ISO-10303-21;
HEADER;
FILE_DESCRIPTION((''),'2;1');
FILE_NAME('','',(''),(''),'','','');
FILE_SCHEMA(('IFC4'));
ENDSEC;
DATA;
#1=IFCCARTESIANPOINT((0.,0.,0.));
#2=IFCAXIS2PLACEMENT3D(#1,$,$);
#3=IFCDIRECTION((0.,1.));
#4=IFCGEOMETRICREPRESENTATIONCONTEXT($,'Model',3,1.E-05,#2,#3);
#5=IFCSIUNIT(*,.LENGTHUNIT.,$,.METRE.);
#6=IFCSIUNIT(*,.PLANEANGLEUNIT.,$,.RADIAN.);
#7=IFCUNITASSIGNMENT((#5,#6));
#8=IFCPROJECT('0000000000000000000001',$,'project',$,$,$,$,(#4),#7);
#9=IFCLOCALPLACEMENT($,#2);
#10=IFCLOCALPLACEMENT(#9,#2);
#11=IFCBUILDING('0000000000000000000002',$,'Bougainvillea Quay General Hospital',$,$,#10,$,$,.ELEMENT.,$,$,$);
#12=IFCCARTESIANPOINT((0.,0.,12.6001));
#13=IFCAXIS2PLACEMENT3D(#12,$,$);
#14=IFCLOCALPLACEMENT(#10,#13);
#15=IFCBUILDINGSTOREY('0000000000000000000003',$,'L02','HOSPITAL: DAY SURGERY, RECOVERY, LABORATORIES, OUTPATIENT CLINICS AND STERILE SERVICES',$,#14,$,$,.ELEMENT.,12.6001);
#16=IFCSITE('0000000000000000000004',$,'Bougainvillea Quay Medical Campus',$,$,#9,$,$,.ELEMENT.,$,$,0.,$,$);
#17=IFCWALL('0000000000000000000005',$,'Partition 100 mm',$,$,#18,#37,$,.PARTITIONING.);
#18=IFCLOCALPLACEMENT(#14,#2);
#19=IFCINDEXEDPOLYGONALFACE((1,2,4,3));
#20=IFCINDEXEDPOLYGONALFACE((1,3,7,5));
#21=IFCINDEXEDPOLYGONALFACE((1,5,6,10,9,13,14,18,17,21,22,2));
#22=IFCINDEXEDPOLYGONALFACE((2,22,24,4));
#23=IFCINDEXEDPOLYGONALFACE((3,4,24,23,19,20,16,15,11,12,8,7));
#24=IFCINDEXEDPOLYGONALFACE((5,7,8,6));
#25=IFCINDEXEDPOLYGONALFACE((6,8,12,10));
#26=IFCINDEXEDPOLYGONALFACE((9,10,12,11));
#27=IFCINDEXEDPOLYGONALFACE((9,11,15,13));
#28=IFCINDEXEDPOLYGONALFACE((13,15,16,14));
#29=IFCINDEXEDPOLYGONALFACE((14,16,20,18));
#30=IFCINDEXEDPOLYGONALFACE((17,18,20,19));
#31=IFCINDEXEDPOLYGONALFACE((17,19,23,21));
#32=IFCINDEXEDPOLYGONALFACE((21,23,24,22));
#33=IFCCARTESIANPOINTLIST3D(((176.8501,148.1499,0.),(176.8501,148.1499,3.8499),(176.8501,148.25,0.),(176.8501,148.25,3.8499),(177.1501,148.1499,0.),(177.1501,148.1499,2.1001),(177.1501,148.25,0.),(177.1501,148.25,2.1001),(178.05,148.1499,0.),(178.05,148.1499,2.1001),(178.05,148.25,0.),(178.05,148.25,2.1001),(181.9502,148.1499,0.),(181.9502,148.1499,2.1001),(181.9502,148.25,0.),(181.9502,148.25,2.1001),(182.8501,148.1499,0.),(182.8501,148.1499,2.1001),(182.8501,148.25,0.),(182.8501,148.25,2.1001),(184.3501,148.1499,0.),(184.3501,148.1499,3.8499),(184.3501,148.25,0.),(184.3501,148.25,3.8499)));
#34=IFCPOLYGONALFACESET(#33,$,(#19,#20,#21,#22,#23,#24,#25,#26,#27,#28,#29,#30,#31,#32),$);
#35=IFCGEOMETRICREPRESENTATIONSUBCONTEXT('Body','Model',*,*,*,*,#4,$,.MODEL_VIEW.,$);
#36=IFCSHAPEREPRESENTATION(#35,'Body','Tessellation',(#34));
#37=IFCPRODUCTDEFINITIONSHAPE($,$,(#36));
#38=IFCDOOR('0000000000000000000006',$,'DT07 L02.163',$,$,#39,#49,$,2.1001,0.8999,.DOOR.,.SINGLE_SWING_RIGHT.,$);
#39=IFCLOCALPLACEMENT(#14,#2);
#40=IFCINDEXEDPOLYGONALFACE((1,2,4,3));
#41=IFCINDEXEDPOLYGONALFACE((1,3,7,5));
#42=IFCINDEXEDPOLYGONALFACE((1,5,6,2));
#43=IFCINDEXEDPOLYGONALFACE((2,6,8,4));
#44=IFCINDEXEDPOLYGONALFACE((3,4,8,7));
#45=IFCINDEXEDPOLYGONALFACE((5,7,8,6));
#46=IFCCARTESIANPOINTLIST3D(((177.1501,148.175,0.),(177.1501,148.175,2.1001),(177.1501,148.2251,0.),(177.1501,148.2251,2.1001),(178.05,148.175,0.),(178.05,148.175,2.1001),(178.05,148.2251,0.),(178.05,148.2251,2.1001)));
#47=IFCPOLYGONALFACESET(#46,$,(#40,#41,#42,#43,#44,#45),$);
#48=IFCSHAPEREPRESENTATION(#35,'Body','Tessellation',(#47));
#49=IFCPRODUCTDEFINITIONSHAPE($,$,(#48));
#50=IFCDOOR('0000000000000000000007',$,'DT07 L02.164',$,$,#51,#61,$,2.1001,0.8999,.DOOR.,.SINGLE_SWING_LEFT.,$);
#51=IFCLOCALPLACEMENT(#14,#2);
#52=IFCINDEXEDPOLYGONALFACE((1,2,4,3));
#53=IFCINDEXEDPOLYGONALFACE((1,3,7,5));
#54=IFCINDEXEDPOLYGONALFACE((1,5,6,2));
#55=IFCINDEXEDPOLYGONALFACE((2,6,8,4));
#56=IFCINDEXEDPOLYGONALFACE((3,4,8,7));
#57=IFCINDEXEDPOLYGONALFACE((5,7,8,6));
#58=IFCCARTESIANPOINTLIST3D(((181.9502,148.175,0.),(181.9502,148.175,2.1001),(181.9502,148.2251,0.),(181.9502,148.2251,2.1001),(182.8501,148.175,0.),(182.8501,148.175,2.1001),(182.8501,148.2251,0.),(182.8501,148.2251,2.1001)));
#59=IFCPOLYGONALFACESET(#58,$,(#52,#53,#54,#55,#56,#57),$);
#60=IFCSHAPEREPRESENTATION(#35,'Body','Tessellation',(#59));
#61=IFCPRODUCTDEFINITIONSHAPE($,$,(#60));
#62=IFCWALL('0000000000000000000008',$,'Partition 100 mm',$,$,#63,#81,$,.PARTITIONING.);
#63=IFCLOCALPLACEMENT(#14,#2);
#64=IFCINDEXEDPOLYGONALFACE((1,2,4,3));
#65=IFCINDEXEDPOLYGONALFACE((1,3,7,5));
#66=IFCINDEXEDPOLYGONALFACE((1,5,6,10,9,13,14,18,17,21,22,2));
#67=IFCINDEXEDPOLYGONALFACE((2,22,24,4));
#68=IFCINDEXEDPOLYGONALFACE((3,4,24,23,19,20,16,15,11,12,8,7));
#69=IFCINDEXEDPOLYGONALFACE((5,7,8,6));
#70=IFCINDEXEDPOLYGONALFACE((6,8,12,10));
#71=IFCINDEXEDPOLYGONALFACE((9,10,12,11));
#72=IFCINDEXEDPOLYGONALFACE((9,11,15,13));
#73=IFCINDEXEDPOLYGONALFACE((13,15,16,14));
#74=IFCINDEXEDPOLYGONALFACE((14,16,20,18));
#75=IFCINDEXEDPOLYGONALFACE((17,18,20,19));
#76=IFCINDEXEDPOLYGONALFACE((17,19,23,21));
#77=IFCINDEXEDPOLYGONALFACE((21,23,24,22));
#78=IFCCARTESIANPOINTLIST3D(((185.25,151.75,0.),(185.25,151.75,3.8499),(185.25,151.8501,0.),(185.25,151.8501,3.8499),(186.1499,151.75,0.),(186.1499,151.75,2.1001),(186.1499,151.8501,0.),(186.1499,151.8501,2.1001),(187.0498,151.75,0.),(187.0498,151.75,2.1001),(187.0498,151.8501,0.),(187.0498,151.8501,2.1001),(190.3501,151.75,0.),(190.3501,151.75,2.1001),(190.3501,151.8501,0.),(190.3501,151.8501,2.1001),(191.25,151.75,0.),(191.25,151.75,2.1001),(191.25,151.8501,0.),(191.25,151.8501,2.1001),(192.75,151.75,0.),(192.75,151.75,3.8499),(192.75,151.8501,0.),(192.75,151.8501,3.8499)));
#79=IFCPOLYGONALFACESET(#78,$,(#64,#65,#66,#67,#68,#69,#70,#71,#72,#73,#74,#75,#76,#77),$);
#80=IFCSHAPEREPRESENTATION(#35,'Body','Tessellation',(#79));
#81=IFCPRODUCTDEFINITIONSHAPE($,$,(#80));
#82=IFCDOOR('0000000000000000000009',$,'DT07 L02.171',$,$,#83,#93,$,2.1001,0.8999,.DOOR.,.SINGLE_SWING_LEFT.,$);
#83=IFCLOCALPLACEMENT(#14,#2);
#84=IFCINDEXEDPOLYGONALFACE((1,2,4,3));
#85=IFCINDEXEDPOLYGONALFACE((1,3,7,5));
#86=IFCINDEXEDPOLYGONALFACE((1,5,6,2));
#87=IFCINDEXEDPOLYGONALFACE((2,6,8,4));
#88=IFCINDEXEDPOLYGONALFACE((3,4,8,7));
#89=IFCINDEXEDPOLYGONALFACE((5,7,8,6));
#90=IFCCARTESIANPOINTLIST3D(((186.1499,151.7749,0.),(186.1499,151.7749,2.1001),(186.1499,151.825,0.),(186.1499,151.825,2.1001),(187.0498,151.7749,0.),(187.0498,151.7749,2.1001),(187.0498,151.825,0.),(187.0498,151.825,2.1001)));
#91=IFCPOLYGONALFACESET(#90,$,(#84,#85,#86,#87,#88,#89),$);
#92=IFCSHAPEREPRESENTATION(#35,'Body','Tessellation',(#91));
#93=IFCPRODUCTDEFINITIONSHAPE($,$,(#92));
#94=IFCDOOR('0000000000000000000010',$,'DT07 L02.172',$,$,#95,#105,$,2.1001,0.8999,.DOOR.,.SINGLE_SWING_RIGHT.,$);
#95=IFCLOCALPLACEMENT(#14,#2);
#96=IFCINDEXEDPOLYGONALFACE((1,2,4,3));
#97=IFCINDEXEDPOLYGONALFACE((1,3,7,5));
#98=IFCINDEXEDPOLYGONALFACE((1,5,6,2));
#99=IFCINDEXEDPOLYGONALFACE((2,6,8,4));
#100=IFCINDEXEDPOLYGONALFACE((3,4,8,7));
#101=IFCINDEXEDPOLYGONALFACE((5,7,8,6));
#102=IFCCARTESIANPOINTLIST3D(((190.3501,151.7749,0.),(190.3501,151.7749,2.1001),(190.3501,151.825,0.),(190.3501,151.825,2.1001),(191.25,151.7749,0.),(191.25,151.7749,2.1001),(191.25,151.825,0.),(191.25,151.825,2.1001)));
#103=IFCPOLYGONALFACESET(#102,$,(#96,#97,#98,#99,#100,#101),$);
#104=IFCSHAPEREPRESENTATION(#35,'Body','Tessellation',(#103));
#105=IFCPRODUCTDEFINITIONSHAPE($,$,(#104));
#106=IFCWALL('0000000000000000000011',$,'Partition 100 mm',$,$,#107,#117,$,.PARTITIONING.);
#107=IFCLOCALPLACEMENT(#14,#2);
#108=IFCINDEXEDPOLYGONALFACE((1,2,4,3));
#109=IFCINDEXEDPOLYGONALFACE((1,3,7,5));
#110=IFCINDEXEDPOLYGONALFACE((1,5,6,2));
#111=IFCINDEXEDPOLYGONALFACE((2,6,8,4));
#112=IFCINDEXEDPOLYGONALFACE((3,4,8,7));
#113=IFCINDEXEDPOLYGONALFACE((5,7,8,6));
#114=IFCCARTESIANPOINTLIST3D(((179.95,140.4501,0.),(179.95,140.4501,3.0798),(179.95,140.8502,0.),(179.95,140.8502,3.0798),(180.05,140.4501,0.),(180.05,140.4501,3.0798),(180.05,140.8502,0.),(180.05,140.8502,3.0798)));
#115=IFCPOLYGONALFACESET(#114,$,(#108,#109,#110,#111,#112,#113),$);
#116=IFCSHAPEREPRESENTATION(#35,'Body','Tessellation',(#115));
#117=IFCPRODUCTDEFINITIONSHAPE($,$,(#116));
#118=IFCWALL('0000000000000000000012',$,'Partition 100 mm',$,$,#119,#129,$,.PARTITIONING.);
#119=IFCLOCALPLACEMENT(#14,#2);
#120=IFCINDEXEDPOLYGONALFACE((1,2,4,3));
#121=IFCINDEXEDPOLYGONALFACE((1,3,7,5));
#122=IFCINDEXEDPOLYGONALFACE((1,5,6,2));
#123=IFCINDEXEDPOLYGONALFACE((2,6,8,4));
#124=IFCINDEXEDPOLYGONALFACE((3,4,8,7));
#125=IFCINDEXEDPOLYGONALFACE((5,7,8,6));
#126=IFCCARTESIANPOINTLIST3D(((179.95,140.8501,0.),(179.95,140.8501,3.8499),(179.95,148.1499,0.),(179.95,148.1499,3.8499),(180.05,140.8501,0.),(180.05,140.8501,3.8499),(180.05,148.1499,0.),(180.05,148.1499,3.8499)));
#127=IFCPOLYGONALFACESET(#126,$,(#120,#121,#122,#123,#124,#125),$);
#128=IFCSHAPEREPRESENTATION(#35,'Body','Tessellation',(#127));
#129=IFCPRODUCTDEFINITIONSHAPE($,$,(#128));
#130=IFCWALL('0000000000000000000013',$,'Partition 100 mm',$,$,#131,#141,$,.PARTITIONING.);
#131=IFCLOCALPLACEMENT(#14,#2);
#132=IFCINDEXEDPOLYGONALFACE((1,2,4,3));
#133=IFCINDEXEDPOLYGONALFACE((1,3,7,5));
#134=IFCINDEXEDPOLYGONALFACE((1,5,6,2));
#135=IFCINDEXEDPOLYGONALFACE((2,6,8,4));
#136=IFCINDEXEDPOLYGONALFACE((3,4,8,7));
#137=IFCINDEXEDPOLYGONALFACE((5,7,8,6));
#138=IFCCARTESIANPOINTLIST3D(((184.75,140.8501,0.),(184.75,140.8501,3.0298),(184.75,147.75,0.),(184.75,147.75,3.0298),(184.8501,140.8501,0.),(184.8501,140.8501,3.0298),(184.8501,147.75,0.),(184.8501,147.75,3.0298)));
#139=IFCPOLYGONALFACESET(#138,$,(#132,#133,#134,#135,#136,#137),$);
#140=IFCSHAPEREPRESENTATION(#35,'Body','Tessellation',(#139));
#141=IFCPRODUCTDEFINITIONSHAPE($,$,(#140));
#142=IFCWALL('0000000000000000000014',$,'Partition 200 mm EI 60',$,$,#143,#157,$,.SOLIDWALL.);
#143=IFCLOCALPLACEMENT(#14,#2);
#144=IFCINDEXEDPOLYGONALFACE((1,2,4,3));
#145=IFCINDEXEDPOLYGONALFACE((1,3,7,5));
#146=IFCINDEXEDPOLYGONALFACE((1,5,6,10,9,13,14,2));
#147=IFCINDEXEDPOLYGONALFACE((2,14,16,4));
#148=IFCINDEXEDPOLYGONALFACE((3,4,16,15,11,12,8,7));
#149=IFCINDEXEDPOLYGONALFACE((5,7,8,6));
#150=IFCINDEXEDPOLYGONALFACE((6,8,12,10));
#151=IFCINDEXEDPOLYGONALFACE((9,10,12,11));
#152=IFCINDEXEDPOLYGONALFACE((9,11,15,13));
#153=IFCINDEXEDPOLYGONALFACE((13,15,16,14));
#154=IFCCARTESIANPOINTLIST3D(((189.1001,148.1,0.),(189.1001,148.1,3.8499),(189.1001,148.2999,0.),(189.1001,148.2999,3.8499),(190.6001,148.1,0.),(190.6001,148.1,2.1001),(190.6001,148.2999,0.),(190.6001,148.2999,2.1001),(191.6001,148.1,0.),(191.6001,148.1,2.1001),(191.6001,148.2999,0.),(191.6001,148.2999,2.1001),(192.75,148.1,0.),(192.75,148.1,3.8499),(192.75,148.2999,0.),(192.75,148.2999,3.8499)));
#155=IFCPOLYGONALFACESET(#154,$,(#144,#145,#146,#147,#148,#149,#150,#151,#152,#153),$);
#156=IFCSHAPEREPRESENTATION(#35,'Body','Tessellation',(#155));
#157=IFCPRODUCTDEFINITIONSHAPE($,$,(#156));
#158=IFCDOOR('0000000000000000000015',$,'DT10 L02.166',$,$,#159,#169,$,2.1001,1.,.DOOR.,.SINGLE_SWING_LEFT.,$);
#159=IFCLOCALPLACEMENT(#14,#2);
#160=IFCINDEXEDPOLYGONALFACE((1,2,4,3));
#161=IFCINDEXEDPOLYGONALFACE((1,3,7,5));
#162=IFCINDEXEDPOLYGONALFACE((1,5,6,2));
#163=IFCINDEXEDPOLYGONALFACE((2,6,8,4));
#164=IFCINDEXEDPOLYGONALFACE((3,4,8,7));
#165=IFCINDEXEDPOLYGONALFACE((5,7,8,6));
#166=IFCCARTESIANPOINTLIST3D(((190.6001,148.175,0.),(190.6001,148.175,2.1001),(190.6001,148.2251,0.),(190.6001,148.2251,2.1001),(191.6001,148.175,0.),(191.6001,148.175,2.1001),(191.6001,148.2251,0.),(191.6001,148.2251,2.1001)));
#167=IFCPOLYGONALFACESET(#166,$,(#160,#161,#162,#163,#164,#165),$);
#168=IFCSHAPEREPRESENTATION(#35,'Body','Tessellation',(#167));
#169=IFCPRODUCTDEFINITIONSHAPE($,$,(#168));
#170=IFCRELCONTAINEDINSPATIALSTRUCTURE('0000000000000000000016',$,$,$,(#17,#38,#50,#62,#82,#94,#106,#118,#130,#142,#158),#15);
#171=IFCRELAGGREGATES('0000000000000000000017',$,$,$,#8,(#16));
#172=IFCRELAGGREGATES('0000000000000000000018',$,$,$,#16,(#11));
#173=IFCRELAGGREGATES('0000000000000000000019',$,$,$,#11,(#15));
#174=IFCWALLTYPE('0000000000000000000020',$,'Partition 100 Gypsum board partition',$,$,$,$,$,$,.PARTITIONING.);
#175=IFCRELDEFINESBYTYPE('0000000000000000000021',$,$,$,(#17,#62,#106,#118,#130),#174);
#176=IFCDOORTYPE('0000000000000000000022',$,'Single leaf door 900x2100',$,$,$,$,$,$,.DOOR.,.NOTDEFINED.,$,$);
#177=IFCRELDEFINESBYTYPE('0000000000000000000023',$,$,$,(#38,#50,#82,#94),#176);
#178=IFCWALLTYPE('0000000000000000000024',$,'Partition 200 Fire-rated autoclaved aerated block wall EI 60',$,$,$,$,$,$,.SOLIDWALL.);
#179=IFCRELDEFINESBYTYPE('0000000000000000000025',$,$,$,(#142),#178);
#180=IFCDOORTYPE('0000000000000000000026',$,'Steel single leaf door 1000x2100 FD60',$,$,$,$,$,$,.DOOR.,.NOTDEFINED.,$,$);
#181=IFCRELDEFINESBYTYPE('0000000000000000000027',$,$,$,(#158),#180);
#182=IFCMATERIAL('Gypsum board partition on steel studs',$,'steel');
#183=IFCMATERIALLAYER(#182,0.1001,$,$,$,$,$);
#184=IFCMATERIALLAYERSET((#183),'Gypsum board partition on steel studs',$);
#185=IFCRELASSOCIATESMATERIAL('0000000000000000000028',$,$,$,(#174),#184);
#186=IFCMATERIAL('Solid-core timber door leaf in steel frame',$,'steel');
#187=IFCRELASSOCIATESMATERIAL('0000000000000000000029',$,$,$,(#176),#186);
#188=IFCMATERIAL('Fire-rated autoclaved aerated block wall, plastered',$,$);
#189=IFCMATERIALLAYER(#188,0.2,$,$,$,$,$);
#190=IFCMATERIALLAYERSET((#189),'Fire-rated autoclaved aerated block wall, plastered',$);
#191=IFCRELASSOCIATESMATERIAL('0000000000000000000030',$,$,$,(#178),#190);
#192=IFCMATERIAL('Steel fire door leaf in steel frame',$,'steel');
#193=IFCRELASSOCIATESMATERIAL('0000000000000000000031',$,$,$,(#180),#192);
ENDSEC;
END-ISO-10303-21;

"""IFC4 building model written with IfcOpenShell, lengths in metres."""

from ifc_helpers import new_model, si_unit, direction, frame, frame_2d, origin, place, context, subcontext, project, spatial, rectangle, extrude, material, layer, layer_set, type_object, element, fill, save


model = new_model("IFC4")

# Units and contexts
model_context = context("Model", 3, precision=1e-05, world=origin(), true_north=direction((0.0, 1.0)))
body_context = subcontext(model_context, "Body", "Model", "MODEL_VIEW")
ifc_project = project(units=[si_unit("LENGTHUNIT", "METRE"), si_unit("PLANEANGLEUNIT", "RADIAN")], contexts=[model_context])

# Site, building, storey
site_placement = place(None, origin())
site = spatial("IfcSite", under=ifc_project, at=site_placement, Name="Bougainvillea Quay Medical Campus", CompositionType="ELEMENT", RefElevation=0.0)
building_placement = place(site_placement, origin())
building = spatial("IfcBuilding", under=site, at=building_placement, Name="Bougainvillea Quay General Hospital", CompositionType="ELEMENT")
storey_placement = place(building_placement, frame((0.0, 0.0, 12.6001)))
storey = spatial("IfcBuildingStorey", under=building, at=storey_placement, Name="L02", Description="HOSPITAL: DAY SURGERY, RECOVERY, LABORATORIES, OUTPATIENT CLINICS AND STERILE SERVICES", CompositionType="ELEMENT", Elevation=12.6001)

# Shared definitions
ifc_material_1 = material(Name="Gypsum board partition on steel studs", Category="steel")
ifc_layer_1 = layer(ifc_material_1, 0.1001)
ifc_layer_set_1 = layer_set([ifc_layer_1], Name="Gypsum board partition on steel studs")
wall_type_1 = type_object("IfcWallType", Name="Partition 100 Gypsum board partition", PredefinedType="PARTITIONING", material=ifc_layer_set_1)
ifc_material_2 = material(Name="Solid-core timber door leaf in steel frame", Category="steel")
door_type_1 = type_object("IfcDoorType", Name="Single leaf door 900x2100", OperationType="NOTDEFINED", PredefinedType="DOOR", material=ifc_material_2)

# Walls, openings, doors
wall_1_placement = place(storey_placement, frame((184.3501, 148.2, 0.0), z_axis=(0.0, 0.0, 1.0), x_axis=(-1.0, 0.0, 0.0)))
wall_1 = element("IfcWall", 1, at=wall_1_placement, inside=storey, type_object=wall_type_1, Name="Partition 100 mm", PredefinedType="PARTITIONING", context=body_context, shape_type="SweptSolid", body=[
    extrude(rectangle(XDim=7.5, YDim=0.1001, at=frame_2d((3.75, 0.0))), origin(), (0.0, 0.0, 1.0), 3.8499),
])
opening_1_placement = place(wall_1_placement, frame((6.3, 0.0, 0.0)))
opening_1 = element("IfcOpeningElement", 2, at=opening_1_placement, cuts=wall_1, PredefinedType="OPENING", context=body_context, shape_type="SweptSolid", body=[
    extrude(rectangle(XDim=0.8999, YDim=2.1001, at=frame_2d((0.45, 1.05))), frame((0.0, 0.0601, 0.0), z_axis=(0.0, -1.0, 0.0), x_axis=(1.0, 0.0, 0.0)), (0.0, 0.0, 1.0), 0.1201),
])
opening_2_placement = place(wall_1_placement, frame((1.5, 0.0, 0.0)))
opening_2 = element("IfcOpeningElement", 3, at=opening_2_placement, cuts=wall_1, PredefinedType="OPENING", context=body_context, shape_type="SweptSolid", body=[
    extrude(rectangle(XDim=0.8999, YDim=2.1001, at=frame_2d((0.45, 1.05))), frame((0.0, 0.0601, 0.0), z_axis=(0.0, -1.0, 0.0), x_axis=(1.0, 0.0, 0.0)), (0.0, 0.0, 1.0), 0.1201),
])
door_1_placement = place(opening_1_placement, origin())
door_1 = element("IfcDoor", 4, at=door_1_placement, inside=storey, type_object=door_type_1, Name="DT07 L02.163", OperationType="SINGLE_SWING_RIGHT", OverallHeight=2.1001, OverallWidth=0.8999, PredefinedType="DOOR", context=body_context, shape_type="SweptSolid", body=[
    extrude(rectangle(XDim=0.8999, YDim=2.1001, at=frame_2d((0.45, 1.05))), frame((0.0, 0.0249, 0.0), z_axis=(0.0, -1.0, 0.0), x_axis=(1.0, 0.0, 0.0)), (0.0, 0.0, 1.0), 0.05),
])
fill(opening_1, door_1)
door_2_placement = place(opening_2_placement, origin())
door_2 = element("IfcDoor", 5, at=door_2_placement, inside=storey, type_object=door_type_1, Name="DT07 L02.164", OperationType="SINGLE_SWING_LEFT", OverallHeight=2.1001, OverallWidth=0.8999, PredefinedType="DOOR", context=body_context, shape_type="SweptSolid", body=[
    extrude(rectangle(XDim=0.8999, YDim=2.1001, at=frame_2d((0.45, 1.05))), frame((0.0, 0.0249, 0.0), z_axis=(0.0, -1.0, 0.0), x_axis=(1.0, 0.0, 0.0)), (0.0, 0.0, 1.0), 0.05),
])
fill(opening_2, door_2)
wall_2_placement = place(storey_placement, frame((185.25, 151.8, 0.0), z_axis=(0.0, 0.0, 1.0), x_axis=(1.0, 0.0, 0.0)))
wall_2 = element("IfcWall", 6, at=wall_2_placement, inside=storey, type_object=wall_type_1, Name="Partition 100 mm", PredefinedType="PARTITIONING", context=body_context, shape_type="SweptSolid", body=[
    extrude(rectangle(XDim=7.5, YDim=0.1001, at=frame_2d((3.75, 0.0))), origin(), (0.0, 0.0, 1.0), 3.8499),
])
opening_3_placement = place(wall_2_placement, frame((0.8999, 0.0, 0.0)))
opening_3 = element("IfcOpeningElement", 7, at=opening_3_placement, cuts=wall_2, PredefinedType="OPENING", context=body_context, shape_type="SweptSolid", body=[
    extrude(rectangle(XDim=0.8999, YDim=2.1001, at=frame_2d((0.45, 1.05))), frame((0.0, 0.0601, 0.0), z_axis=(0.0, -1.0, 0.0), x_axis=(1.0, 0.0, 0.0)), (0.0, 0.0, 1.0), 0.1201),
])
opening_4_placement = place(wall_2_placement, frame((5.1001, 0.0, 0.0)))
opening_4 = element("IfcOpeningElement", 8, at=opening_4_placement, cuts=wall_2, PredefinedType="OPENING", context=body_context, shape_type="SweptSolid", body=[
    extrude(rectangle(XDim=0.8999, YDim=2.1001, at=frame_2d((0.45, 1.05))), frame((0.0, 0.0601, 0.0), z_axis=(0.0, -1.0, 0.0), x_axis=(1.0, 0.0, 0.0)), (0.0, 0.0, 1.0), 0.1201),
])
door_3_placement = place(opening_3_placement, origin())
door_3 = element("IfcDoor", 9, at=door_3_placement, inside=storey, type_object=door_type_1, Name="DT07 L02.171", OperationType="SINGLE_SWING_LEFT", OverallHeight=2.1001, OverallWidth=0.8999, PredefinedType="DOOR", context=body_context, shape_type="SweptSolid", body=[
    extrude(rectangle(XDim=0.8999, YDim=2.1001, at=frame_2d((0.45, 1.05))), frame((0.0, 0.0249, 0.0), z_axis=(0.0, -1.0, 0.0), x_axis=(1.0, 0.0, 0.0)), (0.0, 0.0, 1.0), 0.05),
])
fill(opening_3, door_3)
door_4_placement = place(opening_4_placement, origin())
door_4 = element("IfcDoor", 10, at=door_4_placement, inside=storey, type_object=door_type_1, Name="DT07 L02.172", OperationType="SINGLE_SWING_RIGHT", OverallHeight=2.1001, OverallWidth=0.8999, PredefinedType="DOOR", context=body_context, shape_type="SweptSolid", body=[
    extrude(rectangle(XDim=0.8999, YDim=2.1001, at=frame_2d((0.45, 1.05))), frame((0.0, 0.0249, 0.0), z_axis=(0.0, -1.0, 0.0), x_axis=(1.0, 0.0, 0.0)), (0.0, 0.0, 1.0), 0.05),
])
fill(opening_4, door_4)

# Walls
wall_3_placement = place(storey_placement, frame((180.0, 140.45, 0.0), z_axis=(0.0, 0.0, 1.0), x_axis=(0.0, 1.0, 0.0)))
element("IfcWall", 11, at=wall_3_placement, inside=storey, type_object=wall_type_1, Name="Partition 100 mm", PredefinedType="PARTITIONING", context=body_context, shape_type="SweptSolid", body=[
    extrude(rectangle(XDim=0.4001, YDim=0.1001, at=frame_2d((0.2002, 0.0))), origin(), (0.0, 0.0, 1.0), 3.0798),
])
wall_4_placement = place(storey_placement, frame((180.0, 140.8501, 0.0), z_axis=(0.0, 0.0, 1.0), x_axis=(0.0, 1.0, 0.0)))
element("IfcWall", 12, at=wall_4_placement, inside=storey, type_object=wall_type_1, Name="Partition 100 mm", PredefinedType="PARTITIONING", context=body_context, shape_type="SweptSolid", body=[
    extrude(rectangle(XDim=7.2998, YDim=0.1001, at=frame_2d((3.6499, 0.0))), origin(), (0.0, 0.0, 1.0), 3.8499),
])
wall_5_placement = place(storey_placement, frame((184.8, 140.8501, 0.0), z_axis=(0.0, 0.0, 1.0), x_axis=(0.0, 1.0, 0.0)))
element("IfcWall", 13, at=wall_5_placement, inside=storey, type_object=wall_type_1, Name="Partition 100 mm", PredefinedType="PARTITIONING", context=body_context, shape_type="SweptSolid", body=[
    extrude(rectangle(XDim=6.8999, YDim=0.1001, at=frame_2d((3.45, 0.0))), origin(), (0.0, 0.0, 1.0), 3.0298),
])

# Wall, opening, door
ifc_material_3 = material(Name="Fire-rated autoclaved aerated block wall, plastered")
ifc_layer_2 = layer(ifc_material_3, 0.2)
ifc_layer_set_2 = layer_set([ifc_layer_2], Name="Fire-rated autoclaved aerated block wall, plastered")
wall_type_2 = type_object("IfcWallType", Name="Partition 200 Fire-rated autoclaved aerated block wall EI 60", PredefinedType="SOLIDWALL", material=ifc_layer_set_2)
wall_6_placement = place(storey_placement, frame((189.1001, 148.2, 0.0), z_axis=(0.0, 0.0, 1.0), x_axis=(1.0, 0.0, 0.0)))
wall_6 = element("IfcWall", 14, at=wall_6_placement, inside=storey, type_object=wall_type_2, Name="Partition 200 mm EI 60", PredefinedType="SOLIDWALL", context=body_context, shape_type="SweptSolid", body=[
    extrude(rectangle(XDim=3.6499, YDim=0.2, at=frame_2d((1.825, 0.0))), origin(), (0.0, 0.0, 1.0), 3.8499),
])
opening_5_placement = place(wall_6_placement, frame((1.5, 0.0, 0.0)))
opening_5 = element("IfcOpeningElement", 15, at=opening_5_placement, cuts=wall_6, PredefinedType="OPENING", context=body_context, shape_type="SweptSolid", body=[
    extrude(rectangle(XDim=1.0, YDim=2.1001, at=frame_2d((0.5, 1.05))), frame((0.0, 0.1099, 0.0), z_axis=(0.0, -1.0, 0.0), x_axis=(1.0, 0.0, 0.0)), (0.0, 0.0, 1.0), 0.22),
])
ifc_material_4 = material(Name="Steel fire door leaf in steel frame", Category="steel")
door_type_2 = type_object("IfcDoorType", Name="Steel single leaf door 1000x2100 FD60", OperationType="NOTDEFINED", PredefinedType="DOOR", material=ifc_material_4)
door_5_placement = place(opening_5_placement, frame((1.0, 0.0, 0.0), z_axis=(0.0, 0.0, 1.0), x_axis=(-1.0, 0.0, 0.0)))
door_5 = element("IfcDoor", 16, at=door_5_placement, inside=storey, type_object=door_type_2, Name="DT10 L02.166", OperationType="SINGLE_SWING_LEFT", OverallHeight=2.1001, OverallWidth=1.0, PredefinedType="DOOR", context=body_context, shape_type="SweptSolid", body=[
    extrude(rectangle(XDim=1.0, YDim=2.1001, at=frame_2d((0.5, 1.05))), frame((0.0, 0.0249, 0.0), z_axis=(0.0, -1.0, 0.0), x_axis=(1.0, 0.0, 0.0)), (0.0, 0.0, 1.0), 0.05),
])
fill(opening_5, door_5)

save(model, "model.ifc")
